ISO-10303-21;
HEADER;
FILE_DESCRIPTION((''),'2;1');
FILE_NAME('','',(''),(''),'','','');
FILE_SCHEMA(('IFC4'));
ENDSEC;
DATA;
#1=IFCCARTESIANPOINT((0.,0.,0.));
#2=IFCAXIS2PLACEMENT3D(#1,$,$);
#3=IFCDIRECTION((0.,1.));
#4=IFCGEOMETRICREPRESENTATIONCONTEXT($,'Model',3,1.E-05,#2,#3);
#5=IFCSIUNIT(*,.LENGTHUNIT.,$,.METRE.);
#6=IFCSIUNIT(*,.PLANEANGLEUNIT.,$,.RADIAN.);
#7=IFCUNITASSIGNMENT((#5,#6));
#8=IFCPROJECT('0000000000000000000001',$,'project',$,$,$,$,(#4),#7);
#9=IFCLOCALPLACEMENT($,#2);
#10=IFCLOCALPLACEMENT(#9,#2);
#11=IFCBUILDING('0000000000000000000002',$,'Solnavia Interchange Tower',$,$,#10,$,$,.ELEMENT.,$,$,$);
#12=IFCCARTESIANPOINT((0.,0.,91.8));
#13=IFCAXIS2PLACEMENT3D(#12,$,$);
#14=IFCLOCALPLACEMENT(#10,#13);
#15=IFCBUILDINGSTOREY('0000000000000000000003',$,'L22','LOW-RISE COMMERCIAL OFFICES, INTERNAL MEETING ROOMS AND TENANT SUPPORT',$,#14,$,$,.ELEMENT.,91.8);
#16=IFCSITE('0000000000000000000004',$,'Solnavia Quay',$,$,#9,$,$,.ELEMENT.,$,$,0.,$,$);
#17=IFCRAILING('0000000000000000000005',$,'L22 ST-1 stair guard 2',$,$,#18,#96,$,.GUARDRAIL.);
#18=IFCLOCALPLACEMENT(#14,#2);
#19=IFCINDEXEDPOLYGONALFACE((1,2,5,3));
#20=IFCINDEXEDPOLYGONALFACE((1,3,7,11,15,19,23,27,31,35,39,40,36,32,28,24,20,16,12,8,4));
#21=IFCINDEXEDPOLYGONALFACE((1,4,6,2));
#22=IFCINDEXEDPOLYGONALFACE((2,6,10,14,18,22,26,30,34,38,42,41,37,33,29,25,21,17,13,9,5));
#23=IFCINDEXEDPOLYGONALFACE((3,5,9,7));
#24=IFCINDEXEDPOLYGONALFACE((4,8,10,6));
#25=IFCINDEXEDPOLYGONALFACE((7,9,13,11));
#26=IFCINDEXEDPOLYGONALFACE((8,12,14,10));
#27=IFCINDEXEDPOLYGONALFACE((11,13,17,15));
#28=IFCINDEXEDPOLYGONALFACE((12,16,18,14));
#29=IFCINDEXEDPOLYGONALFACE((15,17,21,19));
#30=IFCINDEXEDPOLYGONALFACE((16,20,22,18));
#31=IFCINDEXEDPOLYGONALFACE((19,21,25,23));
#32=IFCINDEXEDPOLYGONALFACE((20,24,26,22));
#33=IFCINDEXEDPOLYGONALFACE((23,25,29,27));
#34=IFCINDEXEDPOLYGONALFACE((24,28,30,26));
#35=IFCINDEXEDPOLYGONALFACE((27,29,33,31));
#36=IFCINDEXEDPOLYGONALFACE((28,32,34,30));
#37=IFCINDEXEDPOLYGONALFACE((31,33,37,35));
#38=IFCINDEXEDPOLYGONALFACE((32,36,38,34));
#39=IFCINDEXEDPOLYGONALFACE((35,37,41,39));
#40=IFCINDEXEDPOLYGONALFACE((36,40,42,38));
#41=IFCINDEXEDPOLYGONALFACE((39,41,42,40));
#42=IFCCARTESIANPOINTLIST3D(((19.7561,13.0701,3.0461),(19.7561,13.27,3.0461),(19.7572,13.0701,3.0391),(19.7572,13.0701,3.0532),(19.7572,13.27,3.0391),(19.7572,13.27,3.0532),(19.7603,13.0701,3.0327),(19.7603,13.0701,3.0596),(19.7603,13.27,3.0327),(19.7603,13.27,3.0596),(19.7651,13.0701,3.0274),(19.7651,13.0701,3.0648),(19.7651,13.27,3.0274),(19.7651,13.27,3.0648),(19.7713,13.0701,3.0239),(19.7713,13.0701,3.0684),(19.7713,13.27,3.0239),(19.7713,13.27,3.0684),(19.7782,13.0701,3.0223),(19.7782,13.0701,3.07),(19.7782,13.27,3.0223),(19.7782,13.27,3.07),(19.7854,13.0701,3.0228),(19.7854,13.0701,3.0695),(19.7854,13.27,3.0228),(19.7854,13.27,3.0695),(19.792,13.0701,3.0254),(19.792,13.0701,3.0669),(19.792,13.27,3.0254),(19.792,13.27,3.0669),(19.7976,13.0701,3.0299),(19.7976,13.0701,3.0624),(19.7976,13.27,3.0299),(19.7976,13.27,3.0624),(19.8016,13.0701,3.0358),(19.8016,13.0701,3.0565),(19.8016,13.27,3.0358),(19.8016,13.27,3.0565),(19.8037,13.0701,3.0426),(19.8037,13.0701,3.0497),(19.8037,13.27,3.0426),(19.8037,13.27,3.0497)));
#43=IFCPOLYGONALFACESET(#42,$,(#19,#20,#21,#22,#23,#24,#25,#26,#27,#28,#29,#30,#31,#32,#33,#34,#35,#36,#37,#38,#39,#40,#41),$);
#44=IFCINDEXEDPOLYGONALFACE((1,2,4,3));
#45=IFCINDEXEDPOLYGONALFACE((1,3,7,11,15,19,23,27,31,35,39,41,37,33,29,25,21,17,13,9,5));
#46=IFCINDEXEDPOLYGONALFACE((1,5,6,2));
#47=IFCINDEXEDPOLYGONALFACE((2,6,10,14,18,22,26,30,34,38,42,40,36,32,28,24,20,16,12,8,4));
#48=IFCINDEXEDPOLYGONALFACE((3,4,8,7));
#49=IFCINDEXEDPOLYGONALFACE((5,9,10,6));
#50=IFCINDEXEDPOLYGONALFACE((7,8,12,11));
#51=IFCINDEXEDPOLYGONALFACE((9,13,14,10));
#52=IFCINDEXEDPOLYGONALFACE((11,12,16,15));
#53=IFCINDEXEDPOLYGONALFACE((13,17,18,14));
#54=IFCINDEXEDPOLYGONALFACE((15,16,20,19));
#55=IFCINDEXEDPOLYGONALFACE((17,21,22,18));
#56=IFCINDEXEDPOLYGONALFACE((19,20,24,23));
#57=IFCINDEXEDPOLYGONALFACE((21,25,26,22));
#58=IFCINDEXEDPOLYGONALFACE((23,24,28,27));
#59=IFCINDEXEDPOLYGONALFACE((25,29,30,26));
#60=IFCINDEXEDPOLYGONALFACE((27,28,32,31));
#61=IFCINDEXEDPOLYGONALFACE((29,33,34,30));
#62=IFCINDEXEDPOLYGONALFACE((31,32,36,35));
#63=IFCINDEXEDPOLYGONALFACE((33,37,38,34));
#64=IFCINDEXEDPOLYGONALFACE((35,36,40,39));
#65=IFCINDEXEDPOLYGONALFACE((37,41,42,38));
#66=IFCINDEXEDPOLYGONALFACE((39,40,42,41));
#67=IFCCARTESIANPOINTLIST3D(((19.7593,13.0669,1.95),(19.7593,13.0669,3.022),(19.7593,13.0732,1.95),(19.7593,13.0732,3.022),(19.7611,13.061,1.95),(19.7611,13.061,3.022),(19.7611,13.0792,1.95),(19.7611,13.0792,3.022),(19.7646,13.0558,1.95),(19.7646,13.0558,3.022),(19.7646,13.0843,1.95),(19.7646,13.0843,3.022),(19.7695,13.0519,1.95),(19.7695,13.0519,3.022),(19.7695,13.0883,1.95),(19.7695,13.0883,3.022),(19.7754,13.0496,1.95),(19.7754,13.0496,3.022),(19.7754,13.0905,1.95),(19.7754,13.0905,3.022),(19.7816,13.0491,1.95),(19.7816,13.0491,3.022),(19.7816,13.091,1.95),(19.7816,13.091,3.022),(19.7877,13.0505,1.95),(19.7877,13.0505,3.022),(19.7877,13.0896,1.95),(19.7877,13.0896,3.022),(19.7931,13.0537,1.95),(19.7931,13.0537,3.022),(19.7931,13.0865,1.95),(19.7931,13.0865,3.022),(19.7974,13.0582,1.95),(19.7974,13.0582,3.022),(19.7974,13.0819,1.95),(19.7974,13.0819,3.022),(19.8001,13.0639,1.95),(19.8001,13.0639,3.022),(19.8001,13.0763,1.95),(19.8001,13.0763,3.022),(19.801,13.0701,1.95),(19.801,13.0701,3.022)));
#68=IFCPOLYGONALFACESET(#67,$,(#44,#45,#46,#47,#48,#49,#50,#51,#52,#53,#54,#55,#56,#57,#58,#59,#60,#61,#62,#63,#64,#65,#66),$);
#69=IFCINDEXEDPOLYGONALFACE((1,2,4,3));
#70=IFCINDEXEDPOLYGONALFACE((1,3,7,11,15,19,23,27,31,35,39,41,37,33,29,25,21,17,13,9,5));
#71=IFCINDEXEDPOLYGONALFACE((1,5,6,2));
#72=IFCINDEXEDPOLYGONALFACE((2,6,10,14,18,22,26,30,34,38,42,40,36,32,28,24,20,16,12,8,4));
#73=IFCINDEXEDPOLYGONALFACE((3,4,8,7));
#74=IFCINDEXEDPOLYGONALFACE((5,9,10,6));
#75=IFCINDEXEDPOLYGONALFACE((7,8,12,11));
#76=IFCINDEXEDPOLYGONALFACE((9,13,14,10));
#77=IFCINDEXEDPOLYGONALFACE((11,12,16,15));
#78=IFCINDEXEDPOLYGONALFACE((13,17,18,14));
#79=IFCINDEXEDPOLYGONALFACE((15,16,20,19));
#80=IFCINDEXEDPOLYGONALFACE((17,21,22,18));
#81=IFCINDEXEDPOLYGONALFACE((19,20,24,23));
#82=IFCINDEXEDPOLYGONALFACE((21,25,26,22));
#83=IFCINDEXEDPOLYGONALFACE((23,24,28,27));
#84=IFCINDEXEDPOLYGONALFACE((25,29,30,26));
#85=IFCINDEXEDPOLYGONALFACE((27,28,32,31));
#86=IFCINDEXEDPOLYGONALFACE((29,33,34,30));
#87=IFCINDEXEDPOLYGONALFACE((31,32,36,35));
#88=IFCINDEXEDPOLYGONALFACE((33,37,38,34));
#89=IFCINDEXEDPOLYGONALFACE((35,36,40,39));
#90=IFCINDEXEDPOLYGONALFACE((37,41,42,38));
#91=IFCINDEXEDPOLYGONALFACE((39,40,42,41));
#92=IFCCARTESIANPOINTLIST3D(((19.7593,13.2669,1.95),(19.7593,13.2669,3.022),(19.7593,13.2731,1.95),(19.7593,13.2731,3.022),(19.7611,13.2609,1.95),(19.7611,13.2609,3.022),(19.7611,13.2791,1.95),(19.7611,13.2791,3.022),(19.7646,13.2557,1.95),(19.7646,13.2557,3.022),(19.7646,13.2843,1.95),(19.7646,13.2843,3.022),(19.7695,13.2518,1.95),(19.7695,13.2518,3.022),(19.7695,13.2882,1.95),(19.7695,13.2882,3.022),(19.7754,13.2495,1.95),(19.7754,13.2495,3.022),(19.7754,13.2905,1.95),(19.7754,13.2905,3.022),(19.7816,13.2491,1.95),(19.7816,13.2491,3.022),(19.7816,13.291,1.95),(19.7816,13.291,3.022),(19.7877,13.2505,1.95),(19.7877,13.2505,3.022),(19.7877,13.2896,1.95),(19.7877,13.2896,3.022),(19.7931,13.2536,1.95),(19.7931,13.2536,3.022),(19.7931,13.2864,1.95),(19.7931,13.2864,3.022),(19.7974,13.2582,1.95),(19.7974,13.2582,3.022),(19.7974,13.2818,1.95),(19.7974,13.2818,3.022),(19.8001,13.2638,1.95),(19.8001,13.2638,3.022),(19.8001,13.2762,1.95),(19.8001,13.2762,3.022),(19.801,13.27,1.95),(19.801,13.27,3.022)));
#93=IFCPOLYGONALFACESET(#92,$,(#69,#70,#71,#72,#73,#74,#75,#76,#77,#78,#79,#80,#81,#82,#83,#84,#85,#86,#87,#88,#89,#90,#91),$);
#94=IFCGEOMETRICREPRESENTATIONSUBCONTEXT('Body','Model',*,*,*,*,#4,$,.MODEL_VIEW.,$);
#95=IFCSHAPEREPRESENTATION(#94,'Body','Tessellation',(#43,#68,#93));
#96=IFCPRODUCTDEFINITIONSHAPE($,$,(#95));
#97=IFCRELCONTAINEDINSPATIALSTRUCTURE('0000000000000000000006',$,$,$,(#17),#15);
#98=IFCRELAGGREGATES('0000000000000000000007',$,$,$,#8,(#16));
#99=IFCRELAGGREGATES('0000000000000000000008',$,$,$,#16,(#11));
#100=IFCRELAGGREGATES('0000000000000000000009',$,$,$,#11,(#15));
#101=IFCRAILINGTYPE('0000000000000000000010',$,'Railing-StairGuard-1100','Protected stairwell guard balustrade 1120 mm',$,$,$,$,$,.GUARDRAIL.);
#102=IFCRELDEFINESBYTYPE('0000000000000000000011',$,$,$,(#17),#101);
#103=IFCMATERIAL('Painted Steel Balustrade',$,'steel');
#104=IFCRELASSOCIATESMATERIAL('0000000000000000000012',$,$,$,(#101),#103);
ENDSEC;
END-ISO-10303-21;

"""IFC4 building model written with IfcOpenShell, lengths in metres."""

from ifc_helpers import new_model, si_unit, direction, frame, origin, origin_2d, place, context, subcontext, project, spatial, circle, extrude, material, type_object, element, save


model = new_model("IFC4")

# Units and contexts
model_context = context("Model", 3, precision=1e-05, world=origin(), true_north=direction((0.0, 1.0)))
body_context = subcontext(model_context, "Body", "Model", "MODEL_VIEW")
ifc_project = project(units=[si_unit("LENGTHUNIT", "METRE"), si_unit("PLANEANGLEUNIT", "RADIAN")], contexts=[model_context])

# Site, building, storey
site_placement = place(None, origin())
site = spatial("IfcSite", under=ifc_project, at=site_placement, Name="Solnavia Quay", CompositionType="ELEMENT", RefElevation=0.0)
building_placement = place(site_placement, origin())
building = spatial("IfcBuilding", under=site, at=building_placement, Name="Solnavia Interchange Tower", CompositionType="ELEMENT")
storey_placement = place(building_placement, frame((0.0, 0.0, 91.8)))
storey = spatial("IfcBuildingStorey", under=building, at=storey_placement, Name="L22", Description="LOW-RISE COMMERCIAL OFFICES, INTERNAL MEETING ROOMS AND TENANT SUPPORT", CompositionType="ELEMENT", Elevation=91.8)

# Railing
ifc_material_1 = material(Name="Painted Steel Balustrade", Category="steel")
railing_type_1 = type_object("IfcRailingType", Name="Railing-StairGuard-1100", Description="Protected stairwell guard balustrade 1120 mm", PredefinedType="GUARDRAIL", material=ifc_material_1)
railing_1_placement = place(storey_placement, frame((19.78, 13.0701, 1.95)))
element("IfcRailing", 1, at=railing_1_placement, inside=storey, type_object=railing_type_1, Name="L22 ST-1 stair guard 2", PredefinedType="GUARDRAIL", context=body_context, shape_type="SweptSolid", body=[
    extrude(circle(Radius=0.0239, at=origin_2d()), frame((0.0, 0.0, 1.0962), z_axis=(0.0, 1.0, 0.0), x_axis=(-1.0, 0.0, 0.0)), (0.0, 0.0, 1.0), 0.2),
    extrude(circle(Radius=0.021, at=origin_2d()), origin(), (0.0, 0.0, 1.0), 1.072),
    extrude(circle(Radius=0.021, at=origin_2d()), frame((0.0, 0.2, 0.0)), (0.0, 0.0, 1.0), 1.072),
])

save(model, "model.ifc")
